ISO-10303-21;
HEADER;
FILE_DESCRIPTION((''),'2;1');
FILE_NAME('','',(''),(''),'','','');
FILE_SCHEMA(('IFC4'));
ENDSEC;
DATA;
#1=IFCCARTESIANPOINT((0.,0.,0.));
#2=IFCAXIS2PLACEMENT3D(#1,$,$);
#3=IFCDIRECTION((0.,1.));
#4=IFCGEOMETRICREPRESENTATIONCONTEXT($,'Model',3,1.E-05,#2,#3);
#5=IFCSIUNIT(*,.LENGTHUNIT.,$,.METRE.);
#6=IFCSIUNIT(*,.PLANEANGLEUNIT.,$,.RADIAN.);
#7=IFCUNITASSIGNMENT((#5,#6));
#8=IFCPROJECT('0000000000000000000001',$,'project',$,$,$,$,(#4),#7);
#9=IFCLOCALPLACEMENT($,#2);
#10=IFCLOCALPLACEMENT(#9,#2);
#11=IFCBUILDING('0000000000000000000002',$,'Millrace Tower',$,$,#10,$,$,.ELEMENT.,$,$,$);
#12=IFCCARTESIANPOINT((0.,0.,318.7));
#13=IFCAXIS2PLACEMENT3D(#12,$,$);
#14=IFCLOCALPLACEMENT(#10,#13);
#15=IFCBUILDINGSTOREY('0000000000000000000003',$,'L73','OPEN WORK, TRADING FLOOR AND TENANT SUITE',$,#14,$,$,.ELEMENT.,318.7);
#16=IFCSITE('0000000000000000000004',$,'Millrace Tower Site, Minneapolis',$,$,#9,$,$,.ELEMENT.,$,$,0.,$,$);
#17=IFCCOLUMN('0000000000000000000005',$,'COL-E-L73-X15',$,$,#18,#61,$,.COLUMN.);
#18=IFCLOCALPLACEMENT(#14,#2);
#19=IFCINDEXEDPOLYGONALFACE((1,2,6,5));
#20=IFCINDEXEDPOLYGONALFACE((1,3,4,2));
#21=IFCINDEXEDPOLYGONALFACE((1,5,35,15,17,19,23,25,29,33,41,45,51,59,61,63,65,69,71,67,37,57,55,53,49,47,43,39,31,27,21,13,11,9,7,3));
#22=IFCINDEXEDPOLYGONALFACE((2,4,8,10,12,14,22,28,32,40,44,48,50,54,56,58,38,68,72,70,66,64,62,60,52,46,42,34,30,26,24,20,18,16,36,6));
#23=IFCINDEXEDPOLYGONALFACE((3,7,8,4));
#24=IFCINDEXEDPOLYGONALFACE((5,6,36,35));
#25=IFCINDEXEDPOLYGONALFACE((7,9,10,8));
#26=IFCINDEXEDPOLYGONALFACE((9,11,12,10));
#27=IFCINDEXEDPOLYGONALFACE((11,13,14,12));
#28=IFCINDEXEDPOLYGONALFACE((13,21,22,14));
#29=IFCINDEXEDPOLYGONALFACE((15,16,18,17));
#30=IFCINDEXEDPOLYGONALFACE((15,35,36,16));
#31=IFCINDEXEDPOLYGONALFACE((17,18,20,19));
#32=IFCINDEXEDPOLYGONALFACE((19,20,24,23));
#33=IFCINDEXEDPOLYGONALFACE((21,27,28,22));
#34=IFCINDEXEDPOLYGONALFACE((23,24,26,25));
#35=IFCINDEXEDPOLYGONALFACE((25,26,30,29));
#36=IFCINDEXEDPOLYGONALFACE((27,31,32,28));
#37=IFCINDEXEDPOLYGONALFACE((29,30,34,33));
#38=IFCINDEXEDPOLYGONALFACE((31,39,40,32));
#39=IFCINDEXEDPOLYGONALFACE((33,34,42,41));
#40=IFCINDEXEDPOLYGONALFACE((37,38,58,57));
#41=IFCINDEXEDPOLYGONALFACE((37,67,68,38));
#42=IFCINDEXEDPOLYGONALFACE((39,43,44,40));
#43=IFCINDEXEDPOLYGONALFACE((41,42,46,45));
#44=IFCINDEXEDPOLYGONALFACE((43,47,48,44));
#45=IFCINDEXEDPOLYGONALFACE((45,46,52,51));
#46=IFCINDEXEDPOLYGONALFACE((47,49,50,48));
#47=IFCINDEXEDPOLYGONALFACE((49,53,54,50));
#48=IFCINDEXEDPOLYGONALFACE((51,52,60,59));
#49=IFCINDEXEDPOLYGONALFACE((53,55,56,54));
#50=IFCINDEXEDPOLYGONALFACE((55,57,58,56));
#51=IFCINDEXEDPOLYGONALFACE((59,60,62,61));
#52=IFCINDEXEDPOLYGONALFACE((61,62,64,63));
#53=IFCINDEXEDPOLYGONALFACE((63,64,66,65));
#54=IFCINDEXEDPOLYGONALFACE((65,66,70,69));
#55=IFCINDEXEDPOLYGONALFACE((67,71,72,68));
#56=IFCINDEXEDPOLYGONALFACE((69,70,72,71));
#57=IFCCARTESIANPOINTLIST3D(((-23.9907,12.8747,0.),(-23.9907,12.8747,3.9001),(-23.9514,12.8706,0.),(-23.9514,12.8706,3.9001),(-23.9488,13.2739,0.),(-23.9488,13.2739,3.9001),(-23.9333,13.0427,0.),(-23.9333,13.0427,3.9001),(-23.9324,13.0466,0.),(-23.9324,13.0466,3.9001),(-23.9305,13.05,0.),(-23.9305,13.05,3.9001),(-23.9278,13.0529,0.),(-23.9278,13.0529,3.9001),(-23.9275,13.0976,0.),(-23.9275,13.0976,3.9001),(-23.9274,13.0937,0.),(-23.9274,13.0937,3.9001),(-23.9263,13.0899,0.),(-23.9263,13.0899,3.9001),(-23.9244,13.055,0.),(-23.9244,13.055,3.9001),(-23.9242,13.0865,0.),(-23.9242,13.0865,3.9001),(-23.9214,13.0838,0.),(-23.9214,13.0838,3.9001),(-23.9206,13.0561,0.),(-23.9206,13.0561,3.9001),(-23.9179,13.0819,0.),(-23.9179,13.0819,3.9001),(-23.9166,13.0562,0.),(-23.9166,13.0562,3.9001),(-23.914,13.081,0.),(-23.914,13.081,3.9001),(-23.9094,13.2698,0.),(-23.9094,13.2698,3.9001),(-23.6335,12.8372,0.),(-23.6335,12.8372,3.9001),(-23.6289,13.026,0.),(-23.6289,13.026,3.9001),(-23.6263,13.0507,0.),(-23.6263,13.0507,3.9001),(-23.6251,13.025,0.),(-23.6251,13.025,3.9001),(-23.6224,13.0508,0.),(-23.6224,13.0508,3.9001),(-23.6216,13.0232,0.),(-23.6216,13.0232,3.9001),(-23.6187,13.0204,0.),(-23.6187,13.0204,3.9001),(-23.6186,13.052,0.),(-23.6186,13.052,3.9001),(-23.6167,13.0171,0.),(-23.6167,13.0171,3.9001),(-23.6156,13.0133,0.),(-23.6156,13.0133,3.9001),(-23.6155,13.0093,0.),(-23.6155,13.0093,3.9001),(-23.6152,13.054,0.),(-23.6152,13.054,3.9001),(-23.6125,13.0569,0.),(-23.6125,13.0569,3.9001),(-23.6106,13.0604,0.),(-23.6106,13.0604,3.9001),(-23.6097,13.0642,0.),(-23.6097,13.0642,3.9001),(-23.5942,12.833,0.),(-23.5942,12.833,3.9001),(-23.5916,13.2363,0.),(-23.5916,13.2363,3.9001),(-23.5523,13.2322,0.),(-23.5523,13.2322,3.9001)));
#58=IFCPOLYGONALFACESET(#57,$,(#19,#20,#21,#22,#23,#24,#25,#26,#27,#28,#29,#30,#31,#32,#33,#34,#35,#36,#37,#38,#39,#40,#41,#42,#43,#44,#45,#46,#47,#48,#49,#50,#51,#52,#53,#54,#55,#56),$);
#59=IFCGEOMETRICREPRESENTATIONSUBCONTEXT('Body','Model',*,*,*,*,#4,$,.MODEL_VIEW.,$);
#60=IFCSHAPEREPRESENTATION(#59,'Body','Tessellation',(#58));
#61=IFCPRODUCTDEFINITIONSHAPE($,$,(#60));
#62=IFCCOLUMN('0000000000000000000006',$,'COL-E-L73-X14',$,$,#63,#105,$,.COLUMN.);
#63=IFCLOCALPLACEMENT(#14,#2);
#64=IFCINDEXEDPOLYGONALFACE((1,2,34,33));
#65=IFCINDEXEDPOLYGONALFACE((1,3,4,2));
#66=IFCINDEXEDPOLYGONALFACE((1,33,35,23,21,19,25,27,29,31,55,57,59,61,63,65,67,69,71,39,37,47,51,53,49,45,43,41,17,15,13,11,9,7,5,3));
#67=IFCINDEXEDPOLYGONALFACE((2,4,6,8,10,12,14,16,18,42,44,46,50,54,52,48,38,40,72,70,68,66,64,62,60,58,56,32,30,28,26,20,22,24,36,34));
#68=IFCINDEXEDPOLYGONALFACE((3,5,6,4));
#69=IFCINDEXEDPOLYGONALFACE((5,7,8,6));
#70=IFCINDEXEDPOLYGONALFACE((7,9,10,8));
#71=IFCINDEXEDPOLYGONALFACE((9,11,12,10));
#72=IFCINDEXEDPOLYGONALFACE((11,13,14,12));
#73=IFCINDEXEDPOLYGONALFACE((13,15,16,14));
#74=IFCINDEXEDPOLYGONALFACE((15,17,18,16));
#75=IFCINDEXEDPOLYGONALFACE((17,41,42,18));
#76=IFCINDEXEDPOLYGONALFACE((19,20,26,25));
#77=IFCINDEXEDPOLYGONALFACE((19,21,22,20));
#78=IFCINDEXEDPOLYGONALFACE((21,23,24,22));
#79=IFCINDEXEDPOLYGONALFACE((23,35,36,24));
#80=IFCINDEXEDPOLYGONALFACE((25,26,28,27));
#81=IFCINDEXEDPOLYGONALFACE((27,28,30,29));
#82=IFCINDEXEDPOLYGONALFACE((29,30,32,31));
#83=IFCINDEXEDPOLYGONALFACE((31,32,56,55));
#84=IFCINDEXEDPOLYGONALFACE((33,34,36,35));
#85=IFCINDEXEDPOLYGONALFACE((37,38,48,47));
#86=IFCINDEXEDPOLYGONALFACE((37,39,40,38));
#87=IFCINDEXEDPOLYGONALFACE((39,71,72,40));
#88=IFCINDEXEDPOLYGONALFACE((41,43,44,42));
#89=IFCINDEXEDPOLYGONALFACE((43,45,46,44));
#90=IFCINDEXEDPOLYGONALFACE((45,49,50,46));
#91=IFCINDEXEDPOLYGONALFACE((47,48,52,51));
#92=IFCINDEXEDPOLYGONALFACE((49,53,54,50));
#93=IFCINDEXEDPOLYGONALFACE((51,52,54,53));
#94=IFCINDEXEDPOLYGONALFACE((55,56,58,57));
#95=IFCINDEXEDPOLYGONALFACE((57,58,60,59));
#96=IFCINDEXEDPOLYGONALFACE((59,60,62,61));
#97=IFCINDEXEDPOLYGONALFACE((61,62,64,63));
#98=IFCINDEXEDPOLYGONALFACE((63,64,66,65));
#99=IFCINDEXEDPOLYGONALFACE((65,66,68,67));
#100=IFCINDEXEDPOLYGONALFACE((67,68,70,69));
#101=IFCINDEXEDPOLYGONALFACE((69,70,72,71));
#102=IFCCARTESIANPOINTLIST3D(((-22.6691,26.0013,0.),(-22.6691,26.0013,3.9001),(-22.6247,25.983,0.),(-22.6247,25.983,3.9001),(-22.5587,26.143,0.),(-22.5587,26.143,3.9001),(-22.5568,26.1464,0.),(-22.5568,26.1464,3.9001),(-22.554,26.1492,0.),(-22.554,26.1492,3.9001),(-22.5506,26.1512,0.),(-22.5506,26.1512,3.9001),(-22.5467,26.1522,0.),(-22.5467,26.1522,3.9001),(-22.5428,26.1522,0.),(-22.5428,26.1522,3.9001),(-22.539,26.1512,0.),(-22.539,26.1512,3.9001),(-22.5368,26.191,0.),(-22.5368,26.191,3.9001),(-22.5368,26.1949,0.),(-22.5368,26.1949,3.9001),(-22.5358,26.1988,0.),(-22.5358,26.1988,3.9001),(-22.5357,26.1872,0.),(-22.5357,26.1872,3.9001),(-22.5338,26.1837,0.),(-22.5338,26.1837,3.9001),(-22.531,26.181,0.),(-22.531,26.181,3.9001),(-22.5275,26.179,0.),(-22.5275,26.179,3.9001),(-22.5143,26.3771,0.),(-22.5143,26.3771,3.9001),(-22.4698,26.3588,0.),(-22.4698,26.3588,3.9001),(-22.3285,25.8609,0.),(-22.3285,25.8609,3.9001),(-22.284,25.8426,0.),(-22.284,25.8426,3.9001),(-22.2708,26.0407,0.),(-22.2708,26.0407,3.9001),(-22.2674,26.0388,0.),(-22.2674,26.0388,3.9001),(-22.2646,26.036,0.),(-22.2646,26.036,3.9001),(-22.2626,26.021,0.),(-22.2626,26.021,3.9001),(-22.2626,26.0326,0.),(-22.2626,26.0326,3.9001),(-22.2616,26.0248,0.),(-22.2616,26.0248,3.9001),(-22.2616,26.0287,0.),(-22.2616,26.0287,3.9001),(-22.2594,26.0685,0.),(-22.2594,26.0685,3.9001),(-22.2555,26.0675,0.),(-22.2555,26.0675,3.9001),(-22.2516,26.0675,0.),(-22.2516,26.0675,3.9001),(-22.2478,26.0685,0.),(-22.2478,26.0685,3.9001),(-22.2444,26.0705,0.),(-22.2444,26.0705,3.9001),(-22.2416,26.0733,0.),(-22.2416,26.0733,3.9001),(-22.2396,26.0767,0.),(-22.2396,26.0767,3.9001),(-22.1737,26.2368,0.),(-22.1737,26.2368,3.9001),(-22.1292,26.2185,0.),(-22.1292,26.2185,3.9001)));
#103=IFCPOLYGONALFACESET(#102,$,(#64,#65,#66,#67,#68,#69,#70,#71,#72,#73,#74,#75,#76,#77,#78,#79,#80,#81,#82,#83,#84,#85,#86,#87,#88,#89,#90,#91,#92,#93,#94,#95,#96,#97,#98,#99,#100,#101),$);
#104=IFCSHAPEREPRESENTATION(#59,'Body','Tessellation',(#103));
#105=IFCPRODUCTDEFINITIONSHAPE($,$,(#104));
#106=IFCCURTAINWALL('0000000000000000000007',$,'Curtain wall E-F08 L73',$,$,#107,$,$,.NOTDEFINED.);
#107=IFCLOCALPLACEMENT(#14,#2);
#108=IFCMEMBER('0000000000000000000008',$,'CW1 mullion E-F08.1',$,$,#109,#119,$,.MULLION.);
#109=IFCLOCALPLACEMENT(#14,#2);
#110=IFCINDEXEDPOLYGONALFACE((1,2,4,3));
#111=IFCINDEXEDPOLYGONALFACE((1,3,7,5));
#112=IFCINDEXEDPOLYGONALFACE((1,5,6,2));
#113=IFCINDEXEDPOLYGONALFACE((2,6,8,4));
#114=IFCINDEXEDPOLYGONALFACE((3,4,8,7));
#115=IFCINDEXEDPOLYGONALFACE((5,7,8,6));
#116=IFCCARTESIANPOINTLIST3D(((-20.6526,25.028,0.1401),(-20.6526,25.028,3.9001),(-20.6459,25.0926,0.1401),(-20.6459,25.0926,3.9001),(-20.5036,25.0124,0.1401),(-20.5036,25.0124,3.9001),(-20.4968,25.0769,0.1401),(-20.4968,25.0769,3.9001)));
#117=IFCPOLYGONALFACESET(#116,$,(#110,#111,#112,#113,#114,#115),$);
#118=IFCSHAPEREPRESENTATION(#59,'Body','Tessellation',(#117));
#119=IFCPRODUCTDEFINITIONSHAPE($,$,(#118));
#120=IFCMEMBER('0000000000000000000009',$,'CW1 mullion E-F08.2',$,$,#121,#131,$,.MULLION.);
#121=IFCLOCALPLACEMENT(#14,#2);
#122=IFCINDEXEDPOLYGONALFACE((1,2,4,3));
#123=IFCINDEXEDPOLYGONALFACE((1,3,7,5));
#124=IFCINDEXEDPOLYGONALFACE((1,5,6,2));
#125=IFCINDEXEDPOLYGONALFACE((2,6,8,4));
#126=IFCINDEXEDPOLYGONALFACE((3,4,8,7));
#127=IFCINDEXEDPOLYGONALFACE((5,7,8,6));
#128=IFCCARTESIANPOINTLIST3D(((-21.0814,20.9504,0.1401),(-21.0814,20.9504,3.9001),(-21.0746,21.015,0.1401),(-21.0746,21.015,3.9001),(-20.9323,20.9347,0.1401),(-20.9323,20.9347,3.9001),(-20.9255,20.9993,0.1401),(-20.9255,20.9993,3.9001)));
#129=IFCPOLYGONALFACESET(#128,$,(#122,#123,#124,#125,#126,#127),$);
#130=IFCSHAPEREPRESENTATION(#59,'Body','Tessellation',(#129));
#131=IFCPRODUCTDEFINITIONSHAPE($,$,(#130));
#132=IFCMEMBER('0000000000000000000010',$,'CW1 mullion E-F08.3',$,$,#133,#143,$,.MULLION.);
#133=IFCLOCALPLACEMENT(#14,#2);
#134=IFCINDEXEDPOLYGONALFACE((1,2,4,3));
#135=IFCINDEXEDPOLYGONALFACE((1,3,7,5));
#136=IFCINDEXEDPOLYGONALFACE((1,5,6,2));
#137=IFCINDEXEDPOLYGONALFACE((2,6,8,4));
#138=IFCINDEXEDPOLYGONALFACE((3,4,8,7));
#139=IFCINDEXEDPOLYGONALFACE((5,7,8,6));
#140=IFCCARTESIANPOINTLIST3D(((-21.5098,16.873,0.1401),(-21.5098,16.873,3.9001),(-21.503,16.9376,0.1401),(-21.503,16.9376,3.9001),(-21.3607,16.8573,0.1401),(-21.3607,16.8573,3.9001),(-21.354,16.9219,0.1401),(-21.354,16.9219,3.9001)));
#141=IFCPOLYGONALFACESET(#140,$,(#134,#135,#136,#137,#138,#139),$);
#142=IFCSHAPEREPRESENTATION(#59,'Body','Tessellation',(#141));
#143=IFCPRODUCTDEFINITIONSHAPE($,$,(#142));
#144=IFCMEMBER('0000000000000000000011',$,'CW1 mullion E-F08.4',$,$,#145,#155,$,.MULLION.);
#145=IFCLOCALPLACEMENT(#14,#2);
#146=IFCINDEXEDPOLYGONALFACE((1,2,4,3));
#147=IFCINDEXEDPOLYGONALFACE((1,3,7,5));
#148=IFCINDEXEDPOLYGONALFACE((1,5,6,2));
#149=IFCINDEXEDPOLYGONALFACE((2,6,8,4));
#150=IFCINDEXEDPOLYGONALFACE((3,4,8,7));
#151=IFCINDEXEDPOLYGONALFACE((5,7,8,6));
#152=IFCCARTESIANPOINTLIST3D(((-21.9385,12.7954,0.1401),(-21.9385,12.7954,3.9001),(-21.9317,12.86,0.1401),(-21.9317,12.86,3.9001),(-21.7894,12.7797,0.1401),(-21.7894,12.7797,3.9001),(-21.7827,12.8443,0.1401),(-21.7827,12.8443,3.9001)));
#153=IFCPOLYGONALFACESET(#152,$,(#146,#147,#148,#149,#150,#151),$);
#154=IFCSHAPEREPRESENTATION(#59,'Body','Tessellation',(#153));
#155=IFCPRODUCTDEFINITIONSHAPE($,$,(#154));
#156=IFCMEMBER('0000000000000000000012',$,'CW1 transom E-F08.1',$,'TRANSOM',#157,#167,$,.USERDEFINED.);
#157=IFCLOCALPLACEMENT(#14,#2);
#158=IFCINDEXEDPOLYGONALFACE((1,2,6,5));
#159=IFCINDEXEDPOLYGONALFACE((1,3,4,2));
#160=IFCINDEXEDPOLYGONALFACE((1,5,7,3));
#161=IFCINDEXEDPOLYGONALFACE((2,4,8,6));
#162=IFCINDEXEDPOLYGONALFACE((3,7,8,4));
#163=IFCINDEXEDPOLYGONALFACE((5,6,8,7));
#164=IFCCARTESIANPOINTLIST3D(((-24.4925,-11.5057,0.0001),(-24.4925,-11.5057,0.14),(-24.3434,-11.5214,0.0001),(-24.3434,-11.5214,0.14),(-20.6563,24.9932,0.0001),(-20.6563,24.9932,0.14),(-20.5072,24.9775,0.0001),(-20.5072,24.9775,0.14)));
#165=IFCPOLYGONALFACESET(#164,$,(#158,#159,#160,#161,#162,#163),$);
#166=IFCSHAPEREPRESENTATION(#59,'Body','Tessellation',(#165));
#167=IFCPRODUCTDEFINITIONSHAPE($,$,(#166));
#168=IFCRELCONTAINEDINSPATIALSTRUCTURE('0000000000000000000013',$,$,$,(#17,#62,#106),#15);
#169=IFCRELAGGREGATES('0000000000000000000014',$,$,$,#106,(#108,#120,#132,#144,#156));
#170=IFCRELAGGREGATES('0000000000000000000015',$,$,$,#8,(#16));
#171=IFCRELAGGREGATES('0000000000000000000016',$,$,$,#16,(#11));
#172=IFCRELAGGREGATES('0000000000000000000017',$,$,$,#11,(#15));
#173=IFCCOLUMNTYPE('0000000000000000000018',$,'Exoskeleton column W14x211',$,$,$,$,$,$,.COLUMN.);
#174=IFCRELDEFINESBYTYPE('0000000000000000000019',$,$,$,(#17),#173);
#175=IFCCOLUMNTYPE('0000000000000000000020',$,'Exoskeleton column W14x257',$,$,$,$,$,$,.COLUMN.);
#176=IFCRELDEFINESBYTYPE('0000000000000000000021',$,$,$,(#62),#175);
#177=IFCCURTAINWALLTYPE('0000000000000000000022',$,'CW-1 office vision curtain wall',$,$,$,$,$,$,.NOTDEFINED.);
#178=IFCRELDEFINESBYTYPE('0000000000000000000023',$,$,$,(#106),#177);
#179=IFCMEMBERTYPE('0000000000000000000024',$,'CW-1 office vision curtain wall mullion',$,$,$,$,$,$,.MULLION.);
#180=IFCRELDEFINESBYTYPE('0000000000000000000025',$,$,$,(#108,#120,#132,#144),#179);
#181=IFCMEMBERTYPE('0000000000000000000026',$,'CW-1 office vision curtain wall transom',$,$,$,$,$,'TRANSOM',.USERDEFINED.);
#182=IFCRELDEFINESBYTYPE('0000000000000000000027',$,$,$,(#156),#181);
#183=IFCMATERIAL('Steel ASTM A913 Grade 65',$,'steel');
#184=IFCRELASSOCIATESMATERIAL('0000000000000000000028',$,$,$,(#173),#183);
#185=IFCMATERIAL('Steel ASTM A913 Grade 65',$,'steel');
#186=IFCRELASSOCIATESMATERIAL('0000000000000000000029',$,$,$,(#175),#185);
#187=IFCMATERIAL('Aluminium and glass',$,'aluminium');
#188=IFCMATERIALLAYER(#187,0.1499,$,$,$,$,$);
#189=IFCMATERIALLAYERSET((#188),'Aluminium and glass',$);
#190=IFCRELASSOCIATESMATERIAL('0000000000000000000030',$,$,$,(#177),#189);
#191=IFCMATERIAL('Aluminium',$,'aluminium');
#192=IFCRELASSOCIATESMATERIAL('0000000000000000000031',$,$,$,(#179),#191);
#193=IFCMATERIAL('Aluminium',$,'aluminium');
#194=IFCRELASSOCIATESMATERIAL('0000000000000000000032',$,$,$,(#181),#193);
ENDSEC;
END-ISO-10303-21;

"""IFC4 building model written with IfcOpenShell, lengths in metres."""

from ifc_helpers import new_model, si_unit, direction, frame, origin, origin_2d, place, context, subcontext, project, spatial, rectangle, i_section, extrude, material, layer, layer_set, material_profile, profile_set, type_object, element, aggregate, save


model = new_model("IFC4")

# Units and contexts
model_context = context("Model", 3, precision=1e-05, world=origin(), true_north=direction((0.0, 1.0)))
body_context = subcontext(model_context, "Body", "Model", "MODEL_VIEW")
ifc_project = project(units=[si_unit("LENGTHUNIT", "METRE"), si_unit("PLANEANGLEUNIT", "RADIAN")], contexts=[model_context])

# Site, building, storey
site_placement = place(None, origin())
site = spatial("IfcSite", under=ifc_project, at=site_placement, Name="Millrace Tower Site, Minneapolis", CompositionType="ELEMENT", RefElevation=0.0)
building_placement = place(site_placement, origin())
building = spatial("IfcBuilding", under=site, at=building_placement, Name="Millrace Tower", CompositionType="ELEMENT")
storey_placement = place(building_placement, frame((0.0, 0.0, 318.7)))
storey = spatial("IfcBuildingStorey", under=building, at=storey_placement, Name="L73", Description="OPEN WORK, TRADING FLOOR AND TENANT SUITE", CompositionType="ELEMENT", Elevation=318.7)

# Columns
ifc_material_1 = material(Name="Steel ASTM A913 Grade 65", Category="steel")
ifc_material_profile_1 = material_profile(ifc_material_1, i_section(OverallWidth=0.4014, OverallDepth=0.3987, WebThickness=0.0249, FlangeThickness=0.0396, FilletRadius=0.0151, at=origin_2d()))
ifc_profile_set_1 = profile_set([ifc_material_profile_1], Name="Steel ASTM A913 Grade 65")
column_type_1 = type_object("IfcColumnType", Name="Exoskeleton column W14x211", PredefinedType="COLUMN", material=ifc_profile_set_1)
column_1_placement = place(storey_placement, frame((-23.7715, 13.0535, 0.0), z_axis=(0.0, 0.0, 1.0), x_axis=(-0.104528, -0.994522, 0.0)))
element("IfcColumn", 1, at=column_1_placement, inside=storey, type_object=column_type_1, Name="COL-E-L73-X15", PredefinedType="COLUMN", context=body_context, shape_type="SweptSolid", body=[
    extrude(i_section(OverallWidth=0.4014, OverallDepth=0.3987, WebThickness=0.0249, FlangeThickness=0.0396, FilletRadius=0.0151, at=origin_2d()), origin(), (0.0, 0.0, 1.0), 3.9001),
])
ifc_material_2 = material(Name="Steel ASTM A913 Grade 65", Category="steel")
ifc_material_profile_2 = material_profile(ifc_material_2, i_section(OverallWidth=0.4065, OverallDepth=0.4165, WebThickness=0.03, FlangeThickness=0.0481, FilletRadius=0.0151, at=origin_2d()))
ifc_profile_set_2 = profile_set([ifc_material_profile_2], Name="Steel ASTM A913 Grade 65")
column_type_2 = type_object("IfcColumnType", Name="Exoskeleton column W14x257", PredefinedType="COLUMN", material=ifc_profile_set_2)
column_2_placement = place(storey_placement, frame((-22.3992, 26.1099, 0.0), z_axis=(0.0, 0.0, 1.0), x_axis=(-0.380947, -0.924597, 0.0)))
element("IfcColumn", 2, at=column_2_placement, inside=storey, type_object=column_type_2, Name="COL-E-L73-X14", PredefinedType="COLUMN", context=body_context, shape_type="SweptSolid", body=[
    extrude(i_section(OverallWidth=0.4065, OverallDepth=0.4165, WebThickness=0.03, FlangeThickness=0.0481, FilletRadius=0.0151, at=origin_2d()), origin(), (0.0, 0.0, 1.0), 3.9001),
])

# Curtain wall, members
ifc_material_3 = material(Name="Aluminium and glass", Category="aluminium")
ifc_layer_1 = layer(ifc_material_3, 0.1499)
ifc_layer_set_1 = layer_set([ifc_layer_1], Name="Aluminium and glass")
curtain_wall_type = type_object("IfcCurtainWallType", Name="CW-1 office vision curtain wall", PredefinedType="NOTDEFINED", material=ifc_layer_set_1)
curtain_wall_placement = place(storey_placement, origin())
curtain_wall = element("IfcCurtainWall", 3, at=curtain_wall_placement, inside=storey, type_object=curtain_wall_type, Name="Curtain wall E-F08 L73", PredefinedType="NOTDEFINED")
ifc_material_4 = material(Name="Aluminium", Category="aluminium")
ifc_material_profile_3 = material_profile(ifc_material_4, rectangle(XDim=0.0649, YDim=0.1499, at=origin_2d()))
ifc_profile_set_3 = profile_set([ifc_material_profile_3], Name="Aluminium")
member_type_1 = type_object("IfcMemberType", Name="CW-1 office vision curtain wall mullion", PredefinedType="MULLION", material=ifc_profile_set_3)
member_1_placement = place(storey_placement, frame((-20.5747, 25.0525, 0.1401), z_axis=(0.0, 0.0, 1.0), x_axis=(-0.104528, -0.994522, 0.0)))
member_1 = element("IfcMember", 4, at=member_1_placement, type_object=member_type_1, Name="CW1 mullion E-F08.1", PredefinedType="MULLION", context=body_context, shape_type="SweptSolid", body=[
    extrude(rectangle(XDim=0.0649, YDim=0.1499, at=origin_2d()), origin(), (0.0, 0.0, 1.0), 3.76),
])
member_2_placement = place(storey_placement, frame((-21.0034, 20.9749, 0.1401), z_axis=(0.0, 0.0, 1.0), x_axis=(-0.104528, -0.994522, 0.0)))
member_2 = element("IfcMember", 5, at=member_2_placement, type_object=member_type_1, Name="CW1 mullion E-F08.2", PredefinedType="MULLION", context=body_context, shape_type="SweptSolid", body=[
    extrude(rectangle(XDim=0.0649, YDim=0.1499, at=origin_2d()), origin(), (0.0, 0.0, 1.0), 3.76),
])
member_3_placement = place(storey_placement, frame((-21.4319, 16.8975, 0.1401), z_axis=(0.0, 0.0, 1.0), x_axis=(-0.104528, -0.994522, 0.0)))
member_3 = element("IfcMember", 6, at=member_3_placement, type_object=member_type_1, Name="CW1 mullion E-F08.3", PredefinedType="MULLION", context=body_context, shape_type="SweptSolid", body=[
    extrude(rectangle(XDim=0.0649, YDim=0.1499, at=origin_2d()), origin(), (0.0, 0.0, 1.0), 3.76),
])
member_4_placement = place(storey_placement, frame((-21.8606, 12.8198, 0.1401), z_axis=(0.0, 0.0, 1.0), x_axis=(-0.104528, -0.994522, 0.0)))
member_4 = element("IfcMember", 7, at=member_4_placement, type_object=member_type_1, Name="CW1 mullion E-F08.4", PredefinedType="MULLION", context=body_context, shape_type="SweptSolid", body=[
    extrude(rectangle(XDim=0.0649, YDim=0.1499, at=origin_2d()), origin(), (0.0, 0.0, 1.0), 3.76),
])
ifc_material_5 = material(Name="Aluminium", Category="aluminium")
ifc_material_profile_4 = material_profile(ifc_material_5, rectangle(XDim=0.1499, YDim=0.1399, at=origin_2d()))
ifc_profile_set_4 = profile_set([ifc_material_profile_4], Name="Aluminium")
member_type_2 = type_object("IfcMemberType", Name="CW-1 office vision curtain wall transom", ElementType="TRANSOM", PredefinedType="USERDEFINED", material=ifc_profile_set_4)
member_5_placement = place(storey_placement, frame((-20.5818, 24.9854, 0.0701), z_axis=(-0.104528, -0.994522, 0.0), x_axis=(0.994522, -0.104528, 0.0)))
member_5 = element("IfcMember", 8, at=member_5_placement, type_object=member_type_2, Name="CW1 transom E-F08.1", ObjectType="TRANSOM", PredefinedType="USERDEFINED", context=body_context, shape_type="SweptSolid", body=[
    extrude(rectangle(XDim=0.1499, YDim=0.1399, at=origin_2d()), origin(), (0.0, 0.0, 1.0), 36.7),
])
aggregate(curtain_wall, [member_1, member_2, member_3, member_4, member_5])

save(model, "model.ifc")
